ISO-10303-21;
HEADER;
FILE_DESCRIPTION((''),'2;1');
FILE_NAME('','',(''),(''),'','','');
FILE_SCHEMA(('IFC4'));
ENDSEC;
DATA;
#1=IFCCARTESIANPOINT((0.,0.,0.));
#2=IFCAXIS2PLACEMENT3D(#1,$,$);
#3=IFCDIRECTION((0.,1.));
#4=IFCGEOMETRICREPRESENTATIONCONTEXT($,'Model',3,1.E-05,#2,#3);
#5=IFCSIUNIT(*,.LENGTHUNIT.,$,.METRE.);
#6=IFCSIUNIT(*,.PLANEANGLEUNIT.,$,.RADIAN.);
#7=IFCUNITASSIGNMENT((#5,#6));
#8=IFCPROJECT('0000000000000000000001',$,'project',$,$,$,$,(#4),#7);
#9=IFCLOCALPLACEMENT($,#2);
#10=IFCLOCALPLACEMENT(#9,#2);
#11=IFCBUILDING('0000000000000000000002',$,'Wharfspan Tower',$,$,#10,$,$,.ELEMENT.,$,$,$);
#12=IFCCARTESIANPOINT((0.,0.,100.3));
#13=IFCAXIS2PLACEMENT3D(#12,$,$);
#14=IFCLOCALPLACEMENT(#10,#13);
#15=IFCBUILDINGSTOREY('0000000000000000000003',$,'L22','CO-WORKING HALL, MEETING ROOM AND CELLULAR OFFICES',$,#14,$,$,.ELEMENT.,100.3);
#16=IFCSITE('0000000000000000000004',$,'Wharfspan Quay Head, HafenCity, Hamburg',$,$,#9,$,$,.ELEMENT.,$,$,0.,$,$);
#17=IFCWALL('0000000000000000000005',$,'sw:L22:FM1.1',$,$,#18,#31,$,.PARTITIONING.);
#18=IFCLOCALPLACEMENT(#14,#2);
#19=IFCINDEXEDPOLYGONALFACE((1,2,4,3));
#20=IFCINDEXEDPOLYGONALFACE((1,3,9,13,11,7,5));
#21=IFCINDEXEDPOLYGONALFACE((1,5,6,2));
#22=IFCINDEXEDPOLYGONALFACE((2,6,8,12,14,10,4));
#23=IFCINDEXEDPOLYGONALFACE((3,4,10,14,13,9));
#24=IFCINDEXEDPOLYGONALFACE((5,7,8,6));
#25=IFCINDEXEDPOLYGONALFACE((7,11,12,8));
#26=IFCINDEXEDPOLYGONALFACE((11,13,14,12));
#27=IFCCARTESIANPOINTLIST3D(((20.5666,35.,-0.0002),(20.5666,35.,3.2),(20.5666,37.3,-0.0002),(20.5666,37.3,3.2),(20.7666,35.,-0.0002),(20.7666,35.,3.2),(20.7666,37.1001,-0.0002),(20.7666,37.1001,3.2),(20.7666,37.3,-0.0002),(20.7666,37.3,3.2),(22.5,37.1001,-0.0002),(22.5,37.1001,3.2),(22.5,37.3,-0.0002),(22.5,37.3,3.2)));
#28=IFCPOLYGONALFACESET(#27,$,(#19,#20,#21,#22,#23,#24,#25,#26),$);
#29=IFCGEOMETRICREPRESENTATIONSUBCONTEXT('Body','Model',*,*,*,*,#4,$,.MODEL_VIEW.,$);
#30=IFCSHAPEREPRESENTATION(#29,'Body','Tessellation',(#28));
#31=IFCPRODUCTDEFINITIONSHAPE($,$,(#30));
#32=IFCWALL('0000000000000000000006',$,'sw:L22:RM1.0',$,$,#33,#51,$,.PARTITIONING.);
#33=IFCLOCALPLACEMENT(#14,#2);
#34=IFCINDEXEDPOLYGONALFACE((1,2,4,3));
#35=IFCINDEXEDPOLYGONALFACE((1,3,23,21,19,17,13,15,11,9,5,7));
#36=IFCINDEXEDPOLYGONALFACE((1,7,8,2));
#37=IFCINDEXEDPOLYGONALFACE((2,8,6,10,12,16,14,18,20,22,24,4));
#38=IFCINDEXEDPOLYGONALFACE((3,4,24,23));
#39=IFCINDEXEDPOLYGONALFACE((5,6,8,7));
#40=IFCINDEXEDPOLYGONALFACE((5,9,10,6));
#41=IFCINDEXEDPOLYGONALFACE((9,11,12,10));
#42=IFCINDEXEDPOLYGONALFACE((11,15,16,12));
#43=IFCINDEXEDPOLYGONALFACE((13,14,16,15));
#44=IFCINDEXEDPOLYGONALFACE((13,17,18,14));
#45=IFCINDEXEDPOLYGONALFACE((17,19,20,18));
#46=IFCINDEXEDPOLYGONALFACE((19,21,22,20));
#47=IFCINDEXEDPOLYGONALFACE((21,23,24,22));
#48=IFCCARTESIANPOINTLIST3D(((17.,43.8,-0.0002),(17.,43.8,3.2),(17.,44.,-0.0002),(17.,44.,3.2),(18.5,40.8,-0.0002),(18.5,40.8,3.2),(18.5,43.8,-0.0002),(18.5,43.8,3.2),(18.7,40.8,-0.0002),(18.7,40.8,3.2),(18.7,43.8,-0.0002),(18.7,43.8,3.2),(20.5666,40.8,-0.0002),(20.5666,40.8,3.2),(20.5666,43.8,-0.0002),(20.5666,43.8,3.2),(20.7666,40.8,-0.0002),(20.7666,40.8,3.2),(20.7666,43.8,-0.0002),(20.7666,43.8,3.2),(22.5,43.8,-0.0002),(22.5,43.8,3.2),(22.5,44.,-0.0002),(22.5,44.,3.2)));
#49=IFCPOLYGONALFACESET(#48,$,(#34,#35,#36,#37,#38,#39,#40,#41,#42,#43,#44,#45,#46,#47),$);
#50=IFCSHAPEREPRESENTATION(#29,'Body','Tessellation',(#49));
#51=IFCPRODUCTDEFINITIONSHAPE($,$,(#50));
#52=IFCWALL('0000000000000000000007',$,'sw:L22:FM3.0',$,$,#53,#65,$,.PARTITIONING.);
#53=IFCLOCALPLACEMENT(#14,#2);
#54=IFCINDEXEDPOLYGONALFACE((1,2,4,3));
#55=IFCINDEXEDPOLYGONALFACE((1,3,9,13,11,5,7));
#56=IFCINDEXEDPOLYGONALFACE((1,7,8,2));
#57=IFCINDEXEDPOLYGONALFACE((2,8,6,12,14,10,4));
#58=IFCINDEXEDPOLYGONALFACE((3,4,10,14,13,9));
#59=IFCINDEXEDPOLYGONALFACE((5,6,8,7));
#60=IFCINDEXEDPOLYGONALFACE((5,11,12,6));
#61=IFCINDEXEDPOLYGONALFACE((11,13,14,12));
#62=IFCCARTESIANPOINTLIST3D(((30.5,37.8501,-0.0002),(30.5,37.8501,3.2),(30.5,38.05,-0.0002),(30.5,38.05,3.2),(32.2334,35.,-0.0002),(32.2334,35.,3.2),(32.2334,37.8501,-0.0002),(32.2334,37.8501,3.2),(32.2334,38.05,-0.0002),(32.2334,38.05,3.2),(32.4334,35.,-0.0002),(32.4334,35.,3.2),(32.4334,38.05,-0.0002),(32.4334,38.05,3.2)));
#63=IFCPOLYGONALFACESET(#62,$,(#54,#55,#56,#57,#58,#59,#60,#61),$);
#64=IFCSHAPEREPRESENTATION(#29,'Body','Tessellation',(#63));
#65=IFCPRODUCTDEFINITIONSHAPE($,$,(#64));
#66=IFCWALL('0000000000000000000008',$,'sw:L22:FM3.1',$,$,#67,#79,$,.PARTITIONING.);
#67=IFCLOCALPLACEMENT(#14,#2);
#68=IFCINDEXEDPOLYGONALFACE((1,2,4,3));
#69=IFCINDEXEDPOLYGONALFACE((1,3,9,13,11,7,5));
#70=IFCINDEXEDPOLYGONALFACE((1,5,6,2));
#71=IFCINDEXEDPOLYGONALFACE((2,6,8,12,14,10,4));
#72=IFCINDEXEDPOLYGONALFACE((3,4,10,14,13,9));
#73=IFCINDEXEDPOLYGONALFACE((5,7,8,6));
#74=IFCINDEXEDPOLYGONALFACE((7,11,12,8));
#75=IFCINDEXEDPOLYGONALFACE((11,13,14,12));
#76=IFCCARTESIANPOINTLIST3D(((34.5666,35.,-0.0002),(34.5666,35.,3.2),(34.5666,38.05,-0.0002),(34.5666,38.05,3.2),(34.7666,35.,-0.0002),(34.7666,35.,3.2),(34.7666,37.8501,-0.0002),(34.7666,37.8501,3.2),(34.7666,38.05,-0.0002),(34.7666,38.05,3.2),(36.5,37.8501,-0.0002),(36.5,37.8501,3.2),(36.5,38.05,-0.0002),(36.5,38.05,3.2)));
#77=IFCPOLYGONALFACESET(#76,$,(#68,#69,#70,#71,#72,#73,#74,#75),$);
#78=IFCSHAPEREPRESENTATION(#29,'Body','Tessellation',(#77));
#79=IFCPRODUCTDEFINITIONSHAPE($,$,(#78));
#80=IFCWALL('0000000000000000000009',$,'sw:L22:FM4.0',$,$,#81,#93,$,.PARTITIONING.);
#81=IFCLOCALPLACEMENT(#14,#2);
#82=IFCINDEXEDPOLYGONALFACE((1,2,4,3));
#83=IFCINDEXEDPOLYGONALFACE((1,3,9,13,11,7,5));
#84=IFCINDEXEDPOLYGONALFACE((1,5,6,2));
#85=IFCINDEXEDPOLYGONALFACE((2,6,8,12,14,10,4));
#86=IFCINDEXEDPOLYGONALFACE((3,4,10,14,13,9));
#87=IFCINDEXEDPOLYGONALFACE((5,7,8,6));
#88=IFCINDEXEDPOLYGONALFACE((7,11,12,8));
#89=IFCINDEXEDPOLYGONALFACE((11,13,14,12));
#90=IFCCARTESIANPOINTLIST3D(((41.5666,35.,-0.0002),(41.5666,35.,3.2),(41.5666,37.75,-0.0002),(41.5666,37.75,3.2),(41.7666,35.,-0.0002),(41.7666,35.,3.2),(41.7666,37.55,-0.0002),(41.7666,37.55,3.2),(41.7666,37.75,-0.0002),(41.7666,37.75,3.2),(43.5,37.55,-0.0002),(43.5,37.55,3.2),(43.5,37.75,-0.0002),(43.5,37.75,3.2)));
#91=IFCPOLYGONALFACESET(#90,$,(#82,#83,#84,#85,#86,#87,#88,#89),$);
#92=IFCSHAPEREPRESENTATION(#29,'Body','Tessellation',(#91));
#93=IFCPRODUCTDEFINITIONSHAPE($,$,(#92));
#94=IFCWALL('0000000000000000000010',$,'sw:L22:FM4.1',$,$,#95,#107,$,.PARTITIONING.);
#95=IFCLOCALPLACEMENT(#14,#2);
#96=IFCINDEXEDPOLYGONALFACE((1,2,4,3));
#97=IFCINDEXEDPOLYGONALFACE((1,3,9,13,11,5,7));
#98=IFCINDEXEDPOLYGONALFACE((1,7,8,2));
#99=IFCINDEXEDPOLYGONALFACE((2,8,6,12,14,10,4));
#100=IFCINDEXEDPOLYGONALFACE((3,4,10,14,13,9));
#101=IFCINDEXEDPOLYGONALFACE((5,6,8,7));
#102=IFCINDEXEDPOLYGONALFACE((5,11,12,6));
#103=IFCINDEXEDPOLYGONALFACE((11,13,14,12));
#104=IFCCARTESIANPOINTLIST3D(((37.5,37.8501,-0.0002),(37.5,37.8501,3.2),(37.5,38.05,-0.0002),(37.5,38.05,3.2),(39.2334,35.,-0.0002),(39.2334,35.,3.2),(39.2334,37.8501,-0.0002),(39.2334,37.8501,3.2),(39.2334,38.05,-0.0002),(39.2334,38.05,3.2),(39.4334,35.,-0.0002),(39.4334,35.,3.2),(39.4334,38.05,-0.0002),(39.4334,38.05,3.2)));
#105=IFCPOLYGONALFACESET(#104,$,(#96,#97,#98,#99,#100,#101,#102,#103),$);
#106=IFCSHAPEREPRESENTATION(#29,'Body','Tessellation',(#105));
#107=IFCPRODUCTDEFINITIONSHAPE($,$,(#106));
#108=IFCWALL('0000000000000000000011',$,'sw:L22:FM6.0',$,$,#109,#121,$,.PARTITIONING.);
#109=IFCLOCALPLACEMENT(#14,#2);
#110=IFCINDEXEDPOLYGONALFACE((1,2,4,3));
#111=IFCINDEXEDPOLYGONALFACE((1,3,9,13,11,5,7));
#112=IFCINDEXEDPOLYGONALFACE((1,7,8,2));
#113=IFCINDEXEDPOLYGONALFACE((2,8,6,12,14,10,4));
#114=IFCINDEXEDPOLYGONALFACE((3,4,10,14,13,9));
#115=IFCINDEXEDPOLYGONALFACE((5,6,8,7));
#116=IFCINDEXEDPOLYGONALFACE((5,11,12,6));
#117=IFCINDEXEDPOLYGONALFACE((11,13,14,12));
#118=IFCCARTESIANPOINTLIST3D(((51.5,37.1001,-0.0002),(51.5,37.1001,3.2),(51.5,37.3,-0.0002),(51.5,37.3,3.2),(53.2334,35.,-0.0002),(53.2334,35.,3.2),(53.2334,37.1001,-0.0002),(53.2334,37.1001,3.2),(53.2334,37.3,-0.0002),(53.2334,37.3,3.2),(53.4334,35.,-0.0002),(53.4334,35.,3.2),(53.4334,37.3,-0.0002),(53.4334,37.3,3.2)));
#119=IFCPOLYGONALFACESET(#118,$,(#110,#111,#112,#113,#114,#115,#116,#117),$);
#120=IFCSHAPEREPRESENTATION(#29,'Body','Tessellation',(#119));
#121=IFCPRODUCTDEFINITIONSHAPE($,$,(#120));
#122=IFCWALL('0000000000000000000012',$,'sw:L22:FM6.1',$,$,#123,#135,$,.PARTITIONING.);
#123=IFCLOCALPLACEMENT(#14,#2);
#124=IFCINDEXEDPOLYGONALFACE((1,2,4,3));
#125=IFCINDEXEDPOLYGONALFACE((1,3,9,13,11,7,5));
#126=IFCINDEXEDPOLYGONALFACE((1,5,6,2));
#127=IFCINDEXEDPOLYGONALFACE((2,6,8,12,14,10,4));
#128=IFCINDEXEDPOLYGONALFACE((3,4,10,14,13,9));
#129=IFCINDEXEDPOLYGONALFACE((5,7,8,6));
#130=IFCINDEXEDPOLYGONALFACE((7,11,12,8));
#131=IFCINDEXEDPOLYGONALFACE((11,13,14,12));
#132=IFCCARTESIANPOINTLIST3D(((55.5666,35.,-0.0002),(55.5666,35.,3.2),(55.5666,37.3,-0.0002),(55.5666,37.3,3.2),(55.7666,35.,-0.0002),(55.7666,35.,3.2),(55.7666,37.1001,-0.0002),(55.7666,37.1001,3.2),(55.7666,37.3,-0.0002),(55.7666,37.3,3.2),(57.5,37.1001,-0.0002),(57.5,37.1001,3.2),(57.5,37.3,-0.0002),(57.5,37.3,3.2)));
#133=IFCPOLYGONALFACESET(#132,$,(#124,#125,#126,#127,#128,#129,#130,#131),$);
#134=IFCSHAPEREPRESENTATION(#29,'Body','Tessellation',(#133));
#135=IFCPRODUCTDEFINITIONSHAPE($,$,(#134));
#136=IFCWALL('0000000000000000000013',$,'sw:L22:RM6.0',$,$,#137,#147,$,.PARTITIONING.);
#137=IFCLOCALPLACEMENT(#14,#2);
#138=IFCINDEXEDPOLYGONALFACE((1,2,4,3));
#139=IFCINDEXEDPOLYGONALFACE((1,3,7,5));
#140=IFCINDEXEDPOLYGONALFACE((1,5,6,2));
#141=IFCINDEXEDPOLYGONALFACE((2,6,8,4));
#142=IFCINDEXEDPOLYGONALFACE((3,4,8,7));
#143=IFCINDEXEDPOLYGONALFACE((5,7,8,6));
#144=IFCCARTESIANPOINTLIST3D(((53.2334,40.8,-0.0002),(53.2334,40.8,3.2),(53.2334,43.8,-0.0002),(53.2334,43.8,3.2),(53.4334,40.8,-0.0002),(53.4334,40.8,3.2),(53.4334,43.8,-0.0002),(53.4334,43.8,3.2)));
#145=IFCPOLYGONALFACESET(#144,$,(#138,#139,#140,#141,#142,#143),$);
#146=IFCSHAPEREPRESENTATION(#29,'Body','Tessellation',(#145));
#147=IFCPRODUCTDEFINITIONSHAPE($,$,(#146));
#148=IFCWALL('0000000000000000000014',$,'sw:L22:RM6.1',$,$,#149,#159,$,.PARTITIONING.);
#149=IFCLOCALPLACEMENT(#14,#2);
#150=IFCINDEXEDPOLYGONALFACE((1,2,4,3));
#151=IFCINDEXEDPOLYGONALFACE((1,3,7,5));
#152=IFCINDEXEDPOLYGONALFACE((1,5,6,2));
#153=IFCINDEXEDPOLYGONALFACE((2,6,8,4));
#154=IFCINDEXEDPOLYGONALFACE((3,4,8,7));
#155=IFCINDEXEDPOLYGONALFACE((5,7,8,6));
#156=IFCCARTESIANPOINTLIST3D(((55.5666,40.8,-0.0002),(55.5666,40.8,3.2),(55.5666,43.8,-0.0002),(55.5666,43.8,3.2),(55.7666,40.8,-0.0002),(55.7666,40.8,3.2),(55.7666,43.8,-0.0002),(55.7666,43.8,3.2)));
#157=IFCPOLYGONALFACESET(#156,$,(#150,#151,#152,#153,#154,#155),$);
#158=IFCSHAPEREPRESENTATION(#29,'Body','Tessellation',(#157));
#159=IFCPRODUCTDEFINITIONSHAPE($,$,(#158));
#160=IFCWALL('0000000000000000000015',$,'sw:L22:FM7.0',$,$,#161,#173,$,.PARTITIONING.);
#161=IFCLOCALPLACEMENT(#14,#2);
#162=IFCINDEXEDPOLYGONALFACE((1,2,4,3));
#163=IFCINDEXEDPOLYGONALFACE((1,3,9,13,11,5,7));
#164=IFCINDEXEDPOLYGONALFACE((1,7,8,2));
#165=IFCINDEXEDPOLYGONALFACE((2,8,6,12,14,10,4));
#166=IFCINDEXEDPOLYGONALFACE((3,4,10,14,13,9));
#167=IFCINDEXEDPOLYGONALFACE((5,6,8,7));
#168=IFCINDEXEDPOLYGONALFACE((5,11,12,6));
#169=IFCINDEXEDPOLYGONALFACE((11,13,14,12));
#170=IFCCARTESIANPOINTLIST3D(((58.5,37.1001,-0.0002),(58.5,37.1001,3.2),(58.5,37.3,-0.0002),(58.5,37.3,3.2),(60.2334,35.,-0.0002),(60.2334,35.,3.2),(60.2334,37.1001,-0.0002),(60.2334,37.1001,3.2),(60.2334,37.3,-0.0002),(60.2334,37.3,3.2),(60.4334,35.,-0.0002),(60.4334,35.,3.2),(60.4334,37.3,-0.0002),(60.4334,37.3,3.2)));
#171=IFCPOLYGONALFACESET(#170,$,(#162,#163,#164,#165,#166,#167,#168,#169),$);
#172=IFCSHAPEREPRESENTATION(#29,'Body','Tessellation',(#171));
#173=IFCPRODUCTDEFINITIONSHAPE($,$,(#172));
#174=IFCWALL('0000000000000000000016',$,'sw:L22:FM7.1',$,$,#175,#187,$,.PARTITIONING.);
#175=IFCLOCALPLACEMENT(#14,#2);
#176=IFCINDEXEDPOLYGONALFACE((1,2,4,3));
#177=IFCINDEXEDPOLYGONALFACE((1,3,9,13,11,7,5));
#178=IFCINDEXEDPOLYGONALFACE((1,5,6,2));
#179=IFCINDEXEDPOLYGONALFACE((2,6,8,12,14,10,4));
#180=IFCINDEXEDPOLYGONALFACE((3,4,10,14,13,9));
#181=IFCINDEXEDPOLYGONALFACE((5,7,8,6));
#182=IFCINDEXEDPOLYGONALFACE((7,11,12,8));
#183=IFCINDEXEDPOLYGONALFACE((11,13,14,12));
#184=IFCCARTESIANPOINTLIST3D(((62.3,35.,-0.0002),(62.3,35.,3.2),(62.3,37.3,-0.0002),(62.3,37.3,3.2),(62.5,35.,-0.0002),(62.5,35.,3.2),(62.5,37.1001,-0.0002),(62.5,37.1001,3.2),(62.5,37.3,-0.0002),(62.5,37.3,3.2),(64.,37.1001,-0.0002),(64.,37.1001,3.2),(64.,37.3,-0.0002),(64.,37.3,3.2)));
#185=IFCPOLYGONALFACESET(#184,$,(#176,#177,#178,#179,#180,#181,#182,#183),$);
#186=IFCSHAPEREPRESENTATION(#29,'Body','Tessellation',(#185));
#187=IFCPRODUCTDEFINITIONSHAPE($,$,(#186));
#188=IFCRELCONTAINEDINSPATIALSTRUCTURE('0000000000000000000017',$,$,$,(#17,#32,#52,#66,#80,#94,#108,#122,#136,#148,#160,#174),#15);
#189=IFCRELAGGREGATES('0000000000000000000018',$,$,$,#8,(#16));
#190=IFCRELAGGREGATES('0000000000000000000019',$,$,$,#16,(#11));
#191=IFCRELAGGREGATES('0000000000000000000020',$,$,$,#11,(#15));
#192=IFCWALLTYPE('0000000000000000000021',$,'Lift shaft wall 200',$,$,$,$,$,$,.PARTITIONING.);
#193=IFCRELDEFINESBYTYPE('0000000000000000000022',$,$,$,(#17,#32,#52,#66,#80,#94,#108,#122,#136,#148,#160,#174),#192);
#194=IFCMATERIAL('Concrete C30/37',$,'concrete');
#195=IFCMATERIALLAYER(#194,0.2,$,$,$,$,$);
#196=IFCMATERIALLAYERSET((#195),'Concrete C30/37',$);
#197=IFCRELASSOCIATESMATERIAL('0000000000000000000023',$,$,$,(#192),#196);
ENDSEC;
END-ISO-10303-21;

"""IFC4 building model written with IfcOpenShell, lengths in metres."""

from ifc_helpers import new_model, si_unit, direction, frame, origin, place, context, subcontext, project, spatial, polyline, outline, extrude, material, layer, layer_set, type_object, element, save


model = new_model("IFC4")

# Units and contexts
model_context = context("Model", 3, precision=1e-05, world=origin(), true_north=direction((0.0, 1.0)))
body_context = subcontext(model_context, "Body", "Model", "MODEL_VIEW")
ifc_project = project(units=[si_unit("LENGTHUNIT", "METRE"), si_unit("PLANEANGLEUNIT", "RADIAN")], contexts=[model_context])

# Site, building, storey
site_placement = place(None, origin())
site = spatial("IfcSite", under=ifc_project, at=site_placement, Name="Wharfspan Quay Head, HafenCity, Hamburg", CompositionType="ELEMENT", RefElevation=0.0)
building_placement = place(site_placement, origin())
building = spatial("IfcBuilding", under=site, at=building_placement, Name="Wharfspan Tower", CompositionType="ELEMENT")
storey_placement = place(building_placement, frame((0.0, 0.0, 100.3)))
storey = spatial("IfcBuildingStorey", under=building, at=storey_placement, Name="L22", Description="CO-WORKING HALL, MEETING ROOM AND CELLULAR OFFICES", CompositionType="ELEMENT", Elevation=100.3)

# Walls
ifc_material_1 = material(Name="Concrete C30/37", Category="concrete")
ifc_layer_1 = layer(ifc_material_1, 0.2)
ifc_layer_set_1 = layer_set([ifc_layer_1], Name="Concrete C30/37")
wall_type_1 = type_object("IfcWallType", Name="Lift shaft wall 200", PredefinedType="PARTITIONING", material=ifc_layer_set_1)
wall_1_placement = place(storey_placement, frame((0.0, 0.0, -0.0002)))
element("IfcWall", 1, at=wall_1_placement, inside=storey, type_object=wall_type_1, Name="sw:L22:FM1.1", PredefinedType="PARTITIONING", context=body_context, shape_type="SweptSolid", body=[
    extrude(outline(polyline([(20.5666, 37.3), (20.7666, 37.3), (22.5, 37.3), (22.5, 37.1001), (20.7666, 37.1001), (20.7666, 35.0), (20.5666, 35.0), (20.5666, 37.3)])), origin(), (0.0, 0.0, 1.0), 3.2002),
])
wall_2_placement = place(storey_placement, frame((0.0, 0.0, -0.0002)))
element("IfcWall", 2, at=wall_2_placement, inside=storey, type_object=wall_type_1, Name="sw:L22:RM1.0", PredefinedType="PARTITIONING", context=body_context, shape_type="SweptSolid", body=[
    extrude(outline(polyline([(18.7, 40.8), (18.5, 40.8), (18.5, 43.8), (17.0, 43.8), (17.0, 44.0), (22.5, 44.0), (22.5, 43.8), (20.7666, 43.8), (20.7666, 40.8), (20.5666, 40.8), (20.5666, 43.8), (18.7, 43.8), (18.7, 40.8)])), origin(), (0.0, 0.0, 1.0), 3.2002),
])
wall_3_placement = place(storey_placement, frame((0.0, 0.0, -0.0002)))
element("IfcWall", 3, at=wall_3_placement, inside=storey, type_object=wall_type_1, Name="sw:L22:FM3.0", PredefinedType="PARTITIONING", context=body_context, shape_type="SweptSolid", body=[
    extrude(outline(polyline([(32.2334, 37.8501), (30.5, 37.8501), (30.5, 38.05), (32.2334, 38.05), (32.4333, 38.05), (32.4333, 35.0), (32.2334, 35.0), (32.2334, 37.8501)])), origin(), (0.0, 0.0, 1.0), 3.2002),
])
wall_4_placement = place(storey_placement, frame((0.0, 0.0, -0.0002)))
element("IfcWall", 4, at=wall_4_placement, inside=storey, type_object=wall_type_1, Name="sw:L22:FM3.1", PredefinedType="PARTITIONING", context=body_context, shape_type="SweptSolid", body=[
    extrude(outline(polyline([(34.5667, 38.05), (34.7666, 38.05), (36.5, 38.05), (36.5, 37.8501), (34.7666, 37.8501), (34.7666, 35.0), (34.5667, 35.0), (34.5667, 38.05)])), origin(), (0.0, 0.0, 1.0), 3.2002),
])
wall_5_placement = place(storey_placement, frame((0.0, 0.0, -0.0002)))
element("IfcWall", 5, at=wall_5_placement, inside=storey, type_object=wall_type_1, Name="sw:L22:FM4.0", PredefinedType="PARTITIONING", context=body_context, shape_type="SweptSolid", body=[
    extrude(outline(polyline([(41.5667, 37.75), (41.7666, 37.75), (43.5, 37.75), (43.5, 37.55), (41.7666, 37.55), (41.7666, 35.0), (41.5667, 35.0), (41.5667, 37.75)])), origin(), (0.0, 0.0, 1.0), 3.2002),
])
wall_6_placement = place(storey_placement, frame((0.0, 0.0, -0.0002)))
element("IfcWall", 6, at=wall_6_placement, inside=storey, type_object=wall_type_1, Name="sw:L22:FM4.1", PredefinedType="PARTITIONING", context=body_context, shape_type="SweptSolid", body=[
    extrude(outline(polyline([(39.2334, 37.8501), (37.5, 37.8501), (37.5, 38.05), (39.2334, 38.05), (39.4333, 38.05), (39.4333, 35.0), (39.2334, 35.0), (39.2334, 37.8501)])), origin(), (0.0, 0.0, 1.0), 3.2002),
])
wall_7_placement = place(storey_placement, frame((0.0, 0.0, -0.0002)))
element("IfcWall", 7, at=wall_7_placement, inside=storey, type_object=wall_type_1, Name="sw:L22:FM6.0", PredefinedType="PARTITIONING", context=body_context, shape_type="SweptSolid", body=[
    extrude(outline(polyline([(53.2334, 37.1001), (51.5, 37.1001), (51.5, 37.3), (53.2334, 37.3), (53.4333, 37.3), (53.4333, 35.0), (53.2334, 35.0), (53.2334, 37.1001)])), origin(), (0.0, 0.0, 1.0), 3.2002),
])
wall_8_placement = place(storey_placement, frame((0.0, 0.0, -0.0002)))
element("IfcWall", 8, at=wall_8_placement, inside=storey, type_object=wall_type_1, Name="sw:L22:FM6.1", PredefinedType="PARTITIONING", context=body_context, shape_type="SweptSolid", body=[
    extrude(outline(polyline([(55.5667, 37.3), (55.7666, 37.3), (57.5, 37.3), (57.5, 37.1001), (55.7666, 37.1001), (55.7666, 35.0), (55.5667, 35.0), (55.5667, 37.3)])), origin(), (0.0, 0.0, 1.0), 3.2002),
])
wall_9_placement = place(storey_placement, frame((0.0, 0.0, -0.0002)))
element("IfcWall", 9, at=wall_9_placement, inside=storey, type_object=wall_type_1, Name="sw:L22:RM6.0", PredefinedType="PARTITIONING", context=body_context, shape_type="SweptSolid", body=[
    extrude(outline(polyline([(53.2334, 40.8), (53.2334, 43.8), (53.4333, 43.8), (53.4333, 40.8), (53.2334, 40.8)])), origin(), (0.0, 0.0, 1.0), 3.2002),
])
wall_10_placement = place(storey_placement, frame((0.0, 0.0, -0.0002)))
element("IfcWall", 10, at=wall_10_placement, inside=storey, type_object=wall_type_1, Name="sw:L22:RM6.1", PredefinedType="PARTITIONING", context=body_context, shape_type="SweptSolid", body=[
    extrude(outline(polyline([(55.5667, 40.8), (55.5667, 43.8), (55.7666, 43.8), (55.7666, 40.8), (55.5667, 40.8)])), origin(), (0.0, 0.0, 1.0), 3.2002),
])
wall_11_placement = place(storey_placement, frame((0.0, 0.0, -0.0002)))
element("IfcWall", 11, at=wall_11_placement, inside=storey, type_object=wall_type_1, Name="sw:L22:FM7.0", PredefinedType="PARTITIONING", context=body_context, shape_type="SweptSolid", body=[
    extrude(outline(polyline([(60.2334, 37.1001), (58.5, 37.1001), (58.5, 37.3), (60.2334, 37.3), (60.4333, 37.3), (60.4333, 35.0), (60.2334, 35.0), (60.2334, 37.1001)])), origin(), (0.0, 0.0, 1.0), 3.2002),
])
wall_12_placement = place(storey_placement, frame((0.0, 0.0, -0.0002)))
element("IfcWall", 12, at=wall_12_placement, inside=storey, type_object=wall_type_1, Name="sw:L22:FM7.1", PredefinedType="PARTITIONING", context=body_context, shape_type="SweptSolid", body=[
    extrude(outline(polyline([(62.3, 37.3), (62.5, 37.3), (64.0, 37.3), (64.0, 37.1001), (62.5, 37.1001), (62.5, 35.0), (62.3, 35.0), (62.3, 37.3)])), origin(), (0.0, 0.0, 1.0), 3.2002),
])

save(model, "model.ifc")
